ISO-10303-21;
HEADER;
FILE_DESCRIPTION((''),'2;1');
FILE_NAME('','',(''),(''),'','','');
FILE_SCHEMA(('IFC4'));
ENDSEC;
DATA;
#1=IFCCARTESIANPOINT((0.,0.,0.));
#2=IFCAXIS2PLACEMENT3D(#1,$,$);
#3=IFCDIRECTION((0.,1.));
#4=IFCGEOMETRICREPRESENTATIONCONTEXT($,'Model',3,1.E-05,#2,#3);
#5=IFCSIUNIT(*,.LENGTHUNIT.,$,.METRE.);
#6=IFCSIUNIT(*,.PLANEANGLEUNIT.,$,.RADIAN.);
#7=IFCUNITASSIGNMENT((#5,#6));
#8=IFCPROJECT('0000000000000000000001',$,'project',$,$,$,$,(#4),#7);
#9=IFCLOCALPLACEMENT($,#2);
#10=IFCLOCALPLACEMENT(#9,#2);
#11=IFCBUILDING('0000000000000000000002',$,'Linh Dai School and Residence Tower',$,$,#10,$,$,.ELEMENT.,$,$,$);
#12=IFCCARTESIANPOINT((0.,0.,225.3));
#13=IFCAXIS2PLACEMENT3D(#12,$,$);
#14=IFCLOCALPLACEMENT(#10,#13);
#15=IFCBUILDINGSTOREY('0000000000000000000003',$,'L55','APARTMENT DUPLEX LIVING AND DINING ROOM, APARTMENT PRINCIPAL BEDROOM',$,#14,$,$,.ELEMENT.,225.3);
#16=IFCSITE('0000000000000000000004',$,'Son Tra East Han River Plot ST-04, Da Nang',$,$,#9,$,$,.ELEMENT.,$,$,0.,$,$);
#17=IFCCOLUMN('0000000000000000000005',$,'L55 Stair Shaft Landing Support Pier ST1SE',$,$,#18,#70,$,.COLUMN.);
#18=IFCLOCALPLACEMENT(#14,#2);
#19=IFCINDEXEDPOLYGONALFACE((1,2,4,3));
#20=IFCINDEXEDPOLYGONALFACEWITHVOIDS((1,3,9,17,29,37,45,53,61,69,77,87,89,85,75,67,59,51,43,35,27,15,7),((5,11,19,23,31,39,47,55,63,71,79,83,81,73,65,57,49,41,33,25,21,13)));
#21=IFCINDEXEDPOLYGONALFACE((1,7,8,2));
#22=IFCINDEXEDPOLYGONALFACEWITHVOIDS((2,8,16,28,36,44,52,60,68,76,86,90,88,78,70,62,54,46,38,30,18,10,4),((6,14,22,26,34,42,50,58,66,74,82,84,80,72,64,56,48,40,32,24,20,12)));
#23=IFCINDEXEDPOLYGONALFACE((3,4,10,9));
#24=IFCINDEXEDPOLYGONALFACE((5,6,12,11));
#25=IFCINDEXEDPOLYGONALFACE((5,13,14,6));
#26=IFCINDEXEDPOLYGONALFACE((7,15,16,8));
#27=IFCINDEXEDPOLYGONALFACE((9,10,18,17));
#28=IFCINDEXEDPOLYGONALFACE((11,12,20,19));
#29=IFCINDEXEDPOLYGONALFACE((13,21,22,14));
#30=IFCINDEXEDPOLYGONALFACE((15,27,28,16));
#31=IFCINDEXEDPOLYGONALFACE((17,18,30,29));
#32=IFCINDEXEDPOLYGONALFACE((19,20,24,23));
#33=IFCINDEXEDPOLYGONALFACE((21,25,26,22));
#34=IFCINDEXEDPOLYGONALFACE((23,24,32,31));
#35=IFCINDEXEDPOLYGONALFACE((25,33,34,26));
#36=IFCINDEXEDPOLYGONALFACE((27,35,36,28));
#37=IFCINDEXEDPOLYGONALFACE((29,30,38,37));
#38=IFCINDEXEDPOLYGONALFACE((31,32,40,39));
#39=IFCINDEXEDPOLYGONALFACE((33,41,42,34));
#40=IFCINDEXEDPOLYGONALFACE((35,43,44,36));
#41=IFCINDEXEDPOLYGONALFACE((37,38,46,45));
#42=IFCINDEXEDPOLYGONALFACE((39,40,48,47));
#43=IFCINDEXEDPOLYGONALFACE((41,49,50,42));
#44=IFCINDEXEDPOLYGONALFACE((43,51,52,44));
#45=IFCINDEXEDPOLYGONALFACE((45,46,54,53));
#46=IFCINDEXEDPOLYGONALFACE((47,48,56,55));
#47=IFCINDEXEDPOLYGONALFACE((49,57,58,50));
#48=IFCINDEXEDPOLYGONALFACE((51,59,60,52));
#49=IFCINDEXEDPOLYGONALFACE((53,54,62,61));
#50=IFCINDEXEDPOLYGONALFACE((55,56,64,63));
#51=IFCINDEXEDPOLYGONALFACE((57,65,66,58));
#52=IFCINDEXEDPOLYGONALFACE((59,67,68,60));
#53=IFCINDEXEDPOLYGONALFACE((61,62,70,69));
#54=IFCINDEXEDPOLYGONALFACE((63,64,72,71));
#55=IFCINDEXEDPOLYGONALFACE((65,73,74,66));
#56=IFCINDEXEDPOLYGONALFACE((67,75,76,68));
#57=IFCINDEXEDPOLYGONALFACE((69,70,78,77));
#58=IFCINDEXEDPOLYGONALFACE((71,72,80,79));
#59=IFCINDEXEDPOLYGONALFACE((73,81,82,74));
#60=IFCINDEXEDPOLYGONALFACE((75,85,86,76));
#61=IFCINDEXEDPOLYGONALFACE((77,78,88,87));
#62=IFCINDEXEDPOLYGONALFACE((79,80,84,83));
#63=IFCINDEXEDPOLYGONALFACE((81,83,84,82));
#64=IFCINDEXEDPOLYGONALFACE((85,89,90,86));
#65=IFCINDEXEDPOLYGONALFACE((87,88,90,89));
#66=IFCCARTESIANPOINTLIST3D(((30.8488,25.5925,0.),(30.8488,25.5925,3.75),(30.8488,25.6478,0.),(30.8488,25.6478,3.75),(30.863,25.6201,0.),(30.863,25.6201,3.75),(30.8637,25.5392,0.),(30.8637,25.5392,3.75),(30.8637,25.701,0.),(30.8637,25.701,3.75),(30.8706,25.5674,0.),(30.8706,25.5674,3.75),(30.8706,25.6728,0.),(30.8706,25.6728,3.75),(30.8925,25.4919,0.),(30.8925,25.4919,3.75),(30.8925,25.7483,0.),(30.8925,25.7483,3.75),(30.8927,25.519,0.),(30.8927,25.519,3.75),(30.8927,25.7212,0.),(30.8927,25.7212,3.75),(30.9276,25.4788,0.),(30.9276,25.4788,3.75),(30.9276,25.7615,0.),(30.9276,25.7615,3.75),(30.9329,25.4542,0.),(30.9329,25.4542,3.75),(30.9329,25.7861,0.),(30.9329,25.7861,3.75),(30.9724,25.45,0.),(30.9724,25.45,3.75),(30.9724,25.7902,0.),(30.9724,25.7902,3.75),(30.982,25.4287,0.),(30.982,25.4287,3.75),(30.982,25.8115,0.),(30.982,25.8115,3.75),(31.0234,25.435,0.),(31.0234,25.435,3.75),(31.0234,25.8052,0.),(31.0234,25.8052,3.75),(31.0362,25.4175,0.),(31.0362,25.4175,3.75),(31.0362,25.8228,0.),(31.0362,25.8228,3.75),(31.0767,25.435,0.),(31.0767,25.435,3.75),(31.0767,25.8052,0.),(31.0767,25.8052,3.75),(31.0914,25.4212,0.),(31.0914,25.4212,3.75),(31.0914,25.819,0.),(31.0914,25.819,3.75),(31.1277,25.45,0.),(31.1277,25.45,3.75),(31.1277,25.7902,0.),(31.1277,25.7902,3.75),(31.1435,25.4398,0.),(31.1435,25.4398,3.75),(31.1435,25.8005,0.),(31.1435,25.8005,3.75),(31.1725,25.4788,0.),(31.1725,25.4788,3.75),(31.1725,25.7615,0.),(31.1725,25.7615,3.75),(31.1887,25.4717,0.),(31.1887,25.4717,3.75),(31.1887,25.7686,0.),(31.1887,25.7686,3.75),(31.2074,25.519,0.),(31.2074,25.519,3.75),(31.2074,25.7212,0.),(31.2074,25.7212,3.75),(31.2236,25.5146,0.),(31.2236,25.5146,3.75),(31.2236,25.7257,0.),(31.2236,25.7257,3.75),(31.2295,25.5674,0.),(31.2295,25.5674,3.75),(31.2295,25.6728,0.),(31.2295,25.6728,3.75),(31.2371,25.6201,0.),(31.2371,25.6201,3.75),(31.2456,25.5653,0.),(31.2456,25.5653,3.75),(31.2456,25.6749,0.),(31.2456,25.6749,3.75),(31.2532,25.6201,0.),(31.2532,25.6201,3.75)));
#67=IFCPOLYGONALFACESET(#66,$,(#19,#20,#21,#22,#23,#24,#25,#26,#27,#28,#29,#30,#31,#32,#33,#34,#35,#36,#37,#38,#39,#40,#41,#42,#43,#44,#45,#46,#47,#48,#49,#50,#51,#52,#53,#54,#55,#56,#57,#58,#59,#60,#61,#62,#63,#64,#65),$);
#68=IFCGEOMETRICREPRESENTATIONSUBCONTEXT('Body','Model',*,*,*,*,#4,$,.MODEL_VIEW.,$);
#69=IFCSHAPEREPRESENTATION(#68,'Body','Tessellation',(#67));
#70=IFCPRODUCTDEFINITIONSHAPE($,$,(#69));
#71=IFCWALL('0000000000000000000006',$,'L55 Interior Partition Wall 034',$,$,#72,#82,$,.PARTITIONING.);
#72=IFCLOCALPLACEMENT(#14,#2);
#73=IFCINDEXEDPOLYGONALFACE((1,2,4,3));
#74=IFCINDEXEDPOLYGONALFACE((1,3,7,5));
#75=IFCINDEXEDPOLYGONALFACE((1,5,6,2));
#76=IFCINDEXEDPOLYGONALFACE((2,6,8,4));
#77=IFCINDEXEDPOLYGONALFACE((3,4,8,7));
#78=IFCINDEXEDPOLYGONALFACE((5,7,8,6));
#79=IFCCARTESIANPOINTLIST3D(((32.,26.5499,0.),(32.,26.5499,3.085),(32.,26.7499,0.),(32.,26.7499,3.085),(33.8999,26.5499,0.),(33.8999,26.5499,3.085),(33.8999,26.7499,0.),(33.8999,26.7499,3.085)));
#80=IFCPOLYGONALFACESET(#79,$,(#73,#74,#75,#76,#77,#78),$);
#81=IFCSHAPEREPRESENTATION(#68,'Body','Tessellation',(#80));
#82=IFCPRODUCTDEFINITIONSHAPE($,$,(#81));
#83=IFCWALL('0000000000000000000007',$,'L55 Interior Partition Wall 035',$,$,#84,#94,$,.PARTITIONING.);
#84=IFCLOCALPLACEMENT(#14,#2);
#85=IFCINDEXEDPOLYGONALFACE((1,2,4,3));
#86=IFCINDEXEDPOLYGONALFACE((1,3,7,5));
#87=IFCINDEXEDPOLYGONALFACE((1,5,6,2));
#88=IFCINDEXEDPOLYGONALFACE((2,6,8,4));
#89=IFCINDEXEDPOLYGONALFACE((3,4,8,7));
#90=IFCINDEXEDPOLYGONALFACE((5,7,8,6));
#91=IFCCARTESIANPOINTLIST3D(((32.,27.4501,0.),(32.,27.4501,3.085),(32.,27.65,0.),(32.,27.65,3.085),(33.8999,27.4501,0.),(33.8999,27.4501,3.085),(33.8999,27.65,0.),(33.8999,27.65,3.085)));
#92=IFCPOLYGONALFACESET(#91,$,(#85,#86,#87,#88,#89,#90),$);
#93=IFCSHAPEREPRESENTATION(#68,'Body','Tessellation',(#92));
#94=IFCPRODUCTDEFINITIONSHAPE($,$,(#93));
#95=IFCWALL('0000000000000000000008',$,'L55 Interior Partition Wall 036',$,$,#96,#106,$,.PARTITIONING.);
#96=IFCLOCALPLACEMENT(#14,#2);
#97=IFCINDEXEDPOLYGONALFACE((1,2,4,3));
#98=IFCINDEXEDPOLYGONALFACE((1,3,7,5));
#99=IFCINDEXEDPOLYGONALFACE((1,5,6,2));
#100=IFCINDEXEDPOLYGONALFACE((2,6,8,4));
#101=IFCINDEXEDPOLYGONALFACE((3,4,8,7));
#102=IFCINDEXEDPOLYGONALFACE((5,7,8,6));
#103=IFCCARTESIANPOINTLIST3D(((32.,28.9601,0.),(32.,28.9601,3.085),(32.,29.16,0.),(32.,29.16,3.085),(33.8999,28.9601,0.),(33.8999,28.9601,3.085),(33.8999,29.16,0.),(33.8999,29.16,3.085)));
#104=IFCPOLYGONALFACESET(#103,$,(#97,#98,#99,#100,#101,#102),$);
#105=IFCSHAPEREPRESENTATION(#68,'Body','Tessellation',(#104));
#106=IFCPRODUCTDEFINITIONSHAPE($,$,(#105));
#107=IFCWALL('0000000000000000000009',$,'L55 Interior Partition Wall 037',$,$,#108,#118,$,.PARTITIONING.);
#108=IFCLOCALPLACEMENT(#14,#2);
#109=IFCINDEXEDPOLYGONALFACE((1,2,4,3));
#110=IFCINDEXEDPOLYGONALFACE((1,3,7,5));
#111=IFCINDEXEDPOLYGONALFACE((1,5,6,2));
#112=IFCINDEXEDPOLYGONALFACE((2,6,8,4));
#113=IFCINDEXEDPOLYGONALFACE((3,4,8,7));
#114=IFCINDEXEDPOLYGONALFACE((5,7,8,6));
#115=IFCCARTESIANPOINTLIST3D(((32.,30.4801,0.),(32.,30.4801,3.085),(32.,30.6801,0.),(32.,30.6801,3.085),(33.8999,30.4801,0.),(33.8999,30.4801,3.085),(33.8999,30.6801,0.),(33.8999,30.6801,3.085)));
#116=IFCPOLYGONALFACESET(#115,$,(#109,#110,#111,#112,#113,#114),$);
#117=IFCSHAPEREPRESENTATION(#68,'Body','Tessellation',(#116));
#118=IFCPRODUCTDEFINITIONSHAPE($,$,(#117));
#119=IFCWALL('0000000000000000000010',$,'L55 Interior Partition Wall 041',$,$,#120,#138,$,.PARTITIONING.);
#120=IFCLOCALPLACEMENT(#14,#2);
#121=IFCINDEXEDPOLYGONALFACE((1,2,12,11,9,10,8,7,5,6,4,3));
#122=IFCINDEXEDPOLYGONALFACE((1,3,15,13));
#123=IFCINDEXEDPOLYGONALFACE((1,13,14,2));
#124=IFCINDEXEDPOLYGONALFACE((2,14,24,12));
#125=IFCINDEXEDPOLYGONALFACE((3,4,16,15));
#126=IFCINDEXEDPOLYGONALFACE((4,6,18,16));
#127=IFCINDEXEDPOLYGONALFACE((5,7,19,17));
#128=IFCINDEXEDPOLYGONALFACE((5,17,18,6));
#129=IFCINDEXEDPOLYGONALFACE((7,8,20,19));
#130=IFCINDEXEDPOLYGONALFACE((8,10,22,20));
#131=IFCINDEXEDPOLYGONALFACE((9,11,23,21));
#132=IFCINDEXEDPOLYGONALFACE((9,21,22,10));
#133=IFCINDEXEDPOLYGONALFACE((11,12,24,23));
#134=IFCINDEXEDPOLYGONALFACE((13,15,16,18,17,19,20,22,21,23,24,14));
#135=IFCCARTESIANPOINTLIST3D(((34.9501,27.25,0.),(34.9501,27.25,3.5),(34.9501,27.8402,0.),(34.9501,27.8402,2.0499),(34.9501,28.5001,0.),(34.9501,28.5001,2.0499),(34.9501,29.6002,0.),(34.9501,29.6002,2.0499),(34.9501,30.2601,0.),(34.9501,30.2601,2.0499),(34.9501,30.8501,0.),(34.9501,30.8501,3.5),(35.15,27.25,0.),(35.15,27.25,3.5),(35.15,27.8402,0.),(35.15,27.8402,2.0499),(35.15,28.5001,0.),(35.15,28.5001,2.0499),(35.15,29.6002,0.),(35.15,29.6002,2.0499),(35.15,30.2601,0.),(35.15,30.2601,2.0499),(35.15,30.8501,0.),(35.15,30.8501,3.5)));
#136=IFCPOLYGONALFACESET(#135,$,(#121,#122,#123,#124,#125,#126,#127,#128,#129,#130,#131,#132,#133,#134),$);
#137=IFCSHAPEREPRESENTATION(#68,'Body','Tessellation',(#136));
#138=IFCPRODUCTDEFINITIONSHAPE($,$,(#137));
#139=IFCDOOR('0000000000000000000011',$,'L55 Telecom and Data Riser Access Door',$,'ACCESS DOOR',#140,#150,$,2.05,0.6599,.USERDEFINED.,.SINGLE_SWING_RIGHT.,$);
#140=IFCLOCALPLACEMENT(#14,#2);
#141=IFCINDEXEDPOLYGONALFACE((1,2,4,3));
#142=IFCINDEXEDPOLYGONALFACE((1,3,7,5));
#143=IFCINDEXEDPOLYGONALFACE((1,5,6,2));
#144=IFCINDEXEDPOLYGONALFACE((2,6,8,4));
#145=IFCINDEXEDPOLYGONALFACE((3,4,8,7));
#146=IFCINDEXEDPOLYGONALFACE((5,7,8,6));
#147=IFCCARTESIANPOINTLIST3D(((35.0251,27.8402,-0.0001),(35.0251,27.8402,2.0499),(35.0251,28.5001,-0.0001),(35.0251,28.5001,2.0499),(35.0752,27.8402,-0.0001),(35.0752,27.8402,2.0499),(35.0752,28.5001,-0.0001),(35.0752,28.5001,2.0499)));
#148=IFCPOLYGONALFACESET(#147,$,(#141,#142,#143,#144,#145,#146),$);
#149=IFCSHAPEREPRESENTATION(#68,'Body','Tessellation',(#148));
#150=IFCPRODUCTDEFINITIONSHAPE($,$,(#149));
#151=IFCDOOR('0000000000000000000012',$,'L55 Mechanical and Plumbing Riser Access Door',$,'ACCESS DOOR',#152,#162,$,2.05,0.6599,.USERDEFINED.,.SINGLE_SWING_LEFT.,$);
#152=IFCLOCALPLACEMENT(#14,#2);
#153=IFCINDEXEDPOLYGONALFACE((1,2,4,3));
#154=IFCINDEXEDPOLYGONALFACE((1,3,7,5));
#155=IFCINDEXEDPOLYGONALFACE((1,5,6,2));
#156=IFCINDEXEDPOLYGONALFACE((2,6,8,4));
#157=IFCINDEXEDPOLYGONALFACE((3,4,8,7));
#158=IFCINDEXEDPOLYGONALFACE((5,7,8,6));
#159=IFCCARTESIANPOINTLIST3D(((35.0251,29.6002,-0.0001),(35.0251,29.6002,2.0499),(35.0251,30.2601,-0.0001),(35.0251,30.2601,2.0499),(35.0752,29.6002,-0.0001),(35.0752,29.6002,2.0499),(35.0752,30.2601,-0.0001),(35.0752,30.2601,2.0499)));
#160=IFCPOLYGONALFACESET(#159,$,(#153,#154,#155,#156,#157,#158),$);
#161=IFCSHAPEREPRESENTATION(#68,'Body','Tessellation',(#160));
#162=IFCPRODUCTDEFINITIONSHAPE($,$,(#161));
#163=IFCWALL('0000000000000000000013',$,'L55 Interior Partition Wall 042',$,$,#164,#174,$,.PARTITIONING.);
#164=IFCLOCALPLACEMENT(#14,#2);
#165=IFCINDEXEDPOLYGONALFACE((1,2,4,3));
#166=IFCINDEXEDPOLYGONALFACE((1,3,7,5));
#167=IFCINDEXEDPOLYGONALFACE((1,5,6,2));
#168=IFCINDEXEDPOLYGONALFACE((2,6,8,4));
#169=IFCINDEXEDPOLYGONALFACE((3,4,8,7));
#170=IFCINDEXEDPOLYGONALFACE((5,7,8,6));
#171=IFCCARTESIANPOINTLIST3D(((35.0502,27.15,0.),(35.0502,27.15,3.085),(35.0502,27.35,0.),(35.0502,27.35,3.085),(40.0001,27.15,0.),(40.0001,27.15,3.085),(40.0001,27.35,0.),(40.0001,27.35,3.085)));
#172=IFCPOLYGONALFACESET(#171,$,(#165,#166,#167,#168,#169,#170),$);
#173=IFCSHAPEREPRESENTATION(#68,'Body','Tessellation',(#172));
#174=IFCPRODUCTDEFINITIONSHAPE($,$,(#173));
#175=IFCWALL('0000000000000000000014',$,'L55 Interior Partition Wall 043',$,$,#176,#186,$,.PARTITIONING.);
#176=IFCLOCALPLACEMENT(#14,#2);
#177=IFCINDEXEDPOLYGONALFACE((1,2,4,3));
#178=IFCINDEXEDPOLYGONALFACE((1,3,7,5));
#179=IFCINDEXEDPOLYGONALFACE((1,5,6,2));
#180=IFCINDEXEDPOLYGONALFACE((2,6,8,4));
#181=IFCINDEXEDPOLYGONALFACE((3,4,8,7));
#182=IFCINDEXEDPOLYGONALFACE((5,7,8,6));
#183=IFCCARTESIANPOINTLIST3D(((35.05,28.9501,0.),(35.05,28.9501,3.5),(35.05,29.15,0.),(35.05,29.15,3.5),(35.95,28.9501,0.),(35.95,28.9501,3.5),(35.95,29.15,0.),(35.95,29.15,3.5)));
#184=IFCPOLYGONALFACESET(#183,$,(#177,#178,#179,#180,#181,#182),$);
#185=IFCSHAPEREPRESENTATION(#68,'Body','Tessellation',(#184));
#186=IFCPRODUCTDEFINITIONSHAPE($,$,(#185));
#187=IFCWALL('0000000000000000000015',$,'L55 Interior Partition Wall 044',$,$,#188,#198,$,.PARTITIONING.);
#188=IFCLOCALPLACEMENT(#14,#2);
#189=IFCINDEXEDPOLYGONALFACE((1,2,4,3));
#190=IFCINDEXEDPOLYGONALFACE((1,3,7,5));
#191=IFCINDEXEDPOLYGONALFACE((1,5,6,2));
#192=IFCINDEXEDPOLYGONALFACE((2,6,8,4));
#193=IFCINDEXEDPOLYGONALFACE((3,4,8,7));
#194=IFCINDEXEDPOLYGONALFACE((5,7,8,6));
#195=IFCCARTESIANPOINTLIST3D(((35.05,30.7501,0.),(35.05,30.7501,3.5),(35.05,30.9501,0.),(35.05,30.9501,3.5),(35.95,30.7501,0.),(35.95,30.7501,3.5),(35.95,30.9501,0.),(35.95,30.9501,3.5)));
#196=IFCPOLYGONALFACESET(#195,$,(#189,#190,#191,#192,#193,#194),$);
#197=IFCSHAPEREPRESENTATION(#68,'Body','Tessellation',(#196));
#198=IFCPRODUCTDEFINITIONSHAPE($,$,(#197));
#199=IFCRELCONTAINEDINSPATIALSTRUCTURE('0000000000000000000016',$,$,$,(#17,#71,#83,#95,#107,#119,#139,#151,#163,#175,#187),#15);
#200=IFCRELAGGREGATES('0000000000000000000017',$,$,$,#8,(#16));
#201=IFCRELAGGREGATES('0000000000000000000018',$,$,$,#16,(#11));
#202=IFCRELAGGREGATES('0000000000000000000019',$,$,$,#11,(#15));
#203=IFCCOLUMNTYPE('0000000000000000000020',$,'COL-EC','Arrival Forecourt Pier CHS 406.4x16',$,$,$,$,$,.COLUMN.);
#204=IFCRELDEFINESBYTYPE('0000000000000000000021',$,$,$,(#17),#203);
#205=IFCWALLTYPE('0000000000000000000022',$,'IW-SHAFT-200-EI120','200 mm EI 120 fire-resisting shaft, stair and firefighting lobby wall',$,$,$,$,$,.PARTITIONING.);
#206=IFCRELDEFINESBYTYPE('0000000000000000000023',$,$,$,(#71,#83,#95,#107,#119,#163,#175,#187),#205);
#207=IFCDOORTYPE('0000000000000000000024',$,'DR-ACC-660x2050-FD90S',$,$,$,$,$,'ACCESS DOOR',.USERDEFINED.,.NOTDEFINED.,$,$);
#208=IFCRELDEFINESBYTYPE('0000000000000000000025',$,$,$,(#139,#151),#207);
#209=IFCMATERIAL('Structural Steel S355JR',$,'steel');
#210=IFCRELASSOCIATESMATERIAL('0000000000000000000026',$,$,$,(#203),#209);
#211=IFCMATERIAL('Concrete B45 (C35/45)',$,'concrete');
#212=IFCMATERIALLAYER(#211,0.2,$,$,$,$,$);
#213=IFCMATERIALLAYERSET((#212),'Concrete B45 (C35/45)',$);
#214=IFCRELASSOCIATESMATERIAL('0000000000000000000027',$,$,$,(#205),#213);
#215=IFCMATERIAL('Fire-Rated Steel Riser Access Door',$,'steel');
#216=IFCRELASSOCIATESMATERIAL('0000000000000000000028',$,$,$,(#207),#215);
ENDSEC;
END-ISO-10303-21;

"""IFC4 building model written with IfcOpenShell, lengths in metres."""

from ifc_helpers import new_model, si_unit, direction, frame, frame_2d, origin, origin_2d, place, context, subcontext, project, spatial, rectangle, hollow_circle, extrude, source, transform, mapped, material, layer, layer_set, material_profile, profile_set, type_object, element, fill, save


model = new_model("IFC4")

# Units and contexts
model_context = context("Model", 3, precision=1e-05, world=origin(), true_north=direction((0.0, 1.0)))
body_context = subcontext(model_context, "Body", "Model", "MODEL_VIEW")
ifc_project = project(units=[si_unit("LENGTHUNIT", "METRE"), si_unit("PLANEANGLEUNIT", "RADIAN")], contexts=[model_context])

# Site, building, storey
site_placement = place(None, origin())
site = spatial("IfcSite", under=ifc_project, at=site_placement, Name="Son Tra East Han River Plot ST-04, Da Nang", CompositionType="ELEMENT", RefElevation=0.0)
building_placement = place(site_placement, origin())
building = spatial("IfcBuilding", under=site, at=building_placement, Name="Linh Dai School and Residence Tower", CompositionType="ELEMENT")
storey_placement = place(building_placement, frame((0.0, 0.0, 225.3)))
storey = spatial("IfcBuildingStorey", under=building, at=storey_placement, Name="L55", Description="APARTMENT DUPLEX LIVING AND DINING ROOM, APARTMENT PRINCIPAL BEDROOM", CompositionType="ELEMENT", Elevation=225.3)

# Column
ifc_material_1 = material(Name="Structural Steel S355JR", Category="steel")
ifc_material_profile = material_profile(ifc_material_1, hollow_circle(Radius=0.2031, WallThickness=0.0161, at=origin_2d()), Name="CHS 406.4x16")
ifc_profile_set = profile_set([ifc_material_profile], Name="Structural Steel S355JR")
column_type = type_object("IfcColumnType", Name="COL-EC", Description="Arrival Forecourt Pier CHS 406.4x16", PredefinedType="COLUMN", material=ifc_profile_set)
column_placement = place(storey_placement, frame((31.05, 25.6201, 0.0), z_axis=(0.0, 0.0, 1.0), x_axis=(1.0, 0.0, 0.0)))
element("IfcColumn", 1, at=column_placement, inside=storey, type_object=column_type, Name="L55 Stair Shaft Landing Support Pier ST1SE", PredefinedType="COLUMN", context=body_context, shape_type="SweptSolid", body=[
    extrude(hollow_circle(Radius=0.2031, WallThickness=0.0161, at=origin_2d()), origin(), (0.0, 0.0, 1.0), 3.75),
])

# Walls
ifc_material_2 = material(Name="Concrete B45 (C35/45)", Category="concrete")
ifc_layer_1 = layer(ifc_material_2, 0.2)
ifc_layer_set_1 = layer_set([ifc_layer_1], Name="Concrete B45 (C35/45)")
wall_type_1 = type_object("IfcWallType", Name="IW-SHAFT-200-EI120", Description="200 mm EI 120 fire-resisting shaft, stair and firefighting lobby wall", PredefinedType="PARTITIONING", material=ifc_layer_set_1)
for number, where, z_axis, x_axis, name in (
    (2, (32.0, 26.6499, 0.0), (0.0, 0.0, 1.0), (1.0, 0.0, 0.0), "L55 Interior Partition Wall 034"),
    (3, (32.0, 27.55, 0.0), (0.0, 0.0, 1.0), (1.0, 0.0, 0.0), "L55 Interior Partition Wall 035"),
    (4, (32.0, 29.0601, 0.0), (0.0, 0.0, 1.0), (1.0, 0.0, 0.0), "L55 Interior Partition Wall 036"),
    (5, (32.0, 30.5801, 0.0), (0.0, 0.0, 1.0), (1.0, 0.0, 0.0), "L55 Interior Partition Wall 037"),
):
    element("IfcWall", number, at=place(storey_placement, frame(where, z_axis=z_axis, x_axis=x_axis)), inside=storey, type_object=wall_type_1, Name=name, PredefinedType="PARTITIONING", context=body_context, shape_type="SweptSolid", body=[
        extrude(rectangle(XDim=1.8999, YDim=0.2, at=frame_2d((0.95, 0.0))), origin(), (0.0, 0.0, 1.0), 3.085),
    ])

# Wall, openings, doors
wall_1_placement = place(storey_placement, frame((35.05, 27.25, 0.0), z_axis=(0.0, 0.0, 1.0), x_axis=(0.0, 1.0, 0.0)))
wall_1 = element("IfcWall", 6, at=wall_1_placement, inside=storey, type_object=wall_type_1, Name="L55 Interior Partition Wall 041", PredefinedType="PARTITIONING", context=body_context, shape_type="SweptSolid", body=[
    extrude(rectangle(XDim=3.6001, YDim=0.2, at=frame_2d((1.8, 0.0))), origin(), (0.0, 0.0, 1.0), 3.5),
])
opening_1_placement = place(wall_1_placement, frame((0.5901, 0.0, 0.0)))
opening_1 = element("IfcOpeningElement", 7, at=opening_1_placement, cuts=wall_1, PredefinedType="OPENING", context=body_context, shape_type="SweptSolid", body=[
    extrude(rectangle(XDim=0.6599, YDim=2.05, at=origin_2d()), frame((0.3301, 0.1099, 1.0249), z_axis=(0.0, -1.0, 0.0), x_axis=(1.0, 0.0, 0.0)), (0.0, 0.0, 1.0), 0.22),
])
opening_2_placement = place(wall_1_placement, frame((2.3501, 0.0, 0.0)))
opening_2 = element("IfcOpeningElement", 8, at=opening_2_placement, cuts=wall_1, PredefinedType="OPENING", context=body_context, shape_type="SweptSolid", body=[
    extrude(rectangle(XDim=0.6599, YDim=2.05, at=origin_2d()), frame((0.3301, 0.1099, 1.0249), z_axis=(0.0, -1.0, 0.0), x_axis=(1.0, 0.0, 0.0)), (0.0, 0.0, 1.0), 0.22),
])
ifc_material_3 = material(Name="Fire-Rated Steel Riser Access Door", Category="steel")
door_type = type_object("IfcDoorType", Name="DR-ACC-660x2050-FD90S", ElementType="ACCESS DOOR", OperationType="NOTDEFINED", PredefinedType="USERDEFINED", material=ifc_material_3)
shared_shape_1 = source(origin(), body_context, "Body", "SweptSolid", [
    extrude(rectangle(XDim=0.6599, YDim=2.05, at=origin_2d()), frame((0.3301, 0.0249, 1.0249), z_axis=(0.0, -1.0, 0.0), x_axis=(1.0, 0.0, 0.0)), (0.0, 0.0, 1.0), 0.05),
])
door_1_placement = place(opening_1_placement, origin())
door_1 = element("IfcDoor", 9, at=door_1_placement, inside=storey, type_object=door_type, Name="L55 Telecom and Data Riser Access Door", ObjectType="ACCESS DOOR", OperationType="SINGLE_SWING_RIGHT", OverallHeight=2.05, OverallWidth=0.6599, PredefinedType="USERDEFINED", context=body_context, shape_type="MappedRepresentation", body=[
    mapped(shared_shape_1, transform((0.0, 0.0, 0.0), x_axis=(1.0, 0.0, 0.0), y_axis=(0.0, 1.0, 0.0), z_axis=(0.0, 0.0, 1.0), scale=1.0)),
])
fill(opening_1, door_1)
door_2_placement = place(opening_2_placement, origin())
door_2 = element("IfcDoor", 10, at=door_2_placement, inside=storey, type_object=door_type, Name="L55 Mechanical and Plumbing Riser Access Door", ObjectType="ACCESS DOOR", OperationType="SINGLE_SWING_LEFT", OverallHeight=2.05, OverallWidth=0.6599, PredefinedType="USERDEFINED", context=body_context, shape_type="MappedRepresentation", body=[
    mapped(shared_shape_1, transform((0.0, 0.0, 0.0), x_axis=(1.0, 0.0, 0.0), y_axis=(0.0, 1.0, 0.0), z_axis=(0.0, 0.0, 1.0), scale=1.0)),
])
fill(opening_2, door_2)

# Walls
wall_2_placement = place(storey_placement, frame((35.05, 27.25, 0.0), z_axis=(0.0, 0.0, 1.0), x_axis=(1.0, 0.0, 0.0)))
element("IfcWall", 11, at=wall_2_placement, inside=storey, type_object=wall_type_1, Name="L55 Interior Partition Wall 042", PredefinedType="PARTITIONING", context=body_context, shape_type="SweptSolid", body=[
    extrude(rectangle(XDim=4.95, YDim=0.2, at=frame_2d((2.4751, 0.0))), origin(), (0.0, 0.0, 1.0), 3.085),
])
for number, where, z_axis, x_axis, name in (
    (12, (35.05, 29.05, 0.0), (0.0, 0.0, 1.0), (1.0, 0.0, 0.0), "L55 Interior Partition Wall 043"),
    (13, (35.05, 30.8501, 0.0), (0.0, 0.0, 1.0), (1.0, 0.0, 0.0), "L55 Interior Partition Wall 044"),
):
    element("IfcWall", number, at=place(storey_placement, frame(where, z_axis=z_axis, x_axis=x_axis)), inside=storey, type_object=wall_type_1, Name=name, PredefinedType="PARTITIONING", context=body_context, shape_type="SweptSolid", body=[
        extrude(rectangle(XDim=0.8999, YDim=0.2, at=frame_2d((0.45, 0.0))), origin(), (0.0, 0.0, 1.0), 3.5),
    ])

save(model, "model.ifc")
